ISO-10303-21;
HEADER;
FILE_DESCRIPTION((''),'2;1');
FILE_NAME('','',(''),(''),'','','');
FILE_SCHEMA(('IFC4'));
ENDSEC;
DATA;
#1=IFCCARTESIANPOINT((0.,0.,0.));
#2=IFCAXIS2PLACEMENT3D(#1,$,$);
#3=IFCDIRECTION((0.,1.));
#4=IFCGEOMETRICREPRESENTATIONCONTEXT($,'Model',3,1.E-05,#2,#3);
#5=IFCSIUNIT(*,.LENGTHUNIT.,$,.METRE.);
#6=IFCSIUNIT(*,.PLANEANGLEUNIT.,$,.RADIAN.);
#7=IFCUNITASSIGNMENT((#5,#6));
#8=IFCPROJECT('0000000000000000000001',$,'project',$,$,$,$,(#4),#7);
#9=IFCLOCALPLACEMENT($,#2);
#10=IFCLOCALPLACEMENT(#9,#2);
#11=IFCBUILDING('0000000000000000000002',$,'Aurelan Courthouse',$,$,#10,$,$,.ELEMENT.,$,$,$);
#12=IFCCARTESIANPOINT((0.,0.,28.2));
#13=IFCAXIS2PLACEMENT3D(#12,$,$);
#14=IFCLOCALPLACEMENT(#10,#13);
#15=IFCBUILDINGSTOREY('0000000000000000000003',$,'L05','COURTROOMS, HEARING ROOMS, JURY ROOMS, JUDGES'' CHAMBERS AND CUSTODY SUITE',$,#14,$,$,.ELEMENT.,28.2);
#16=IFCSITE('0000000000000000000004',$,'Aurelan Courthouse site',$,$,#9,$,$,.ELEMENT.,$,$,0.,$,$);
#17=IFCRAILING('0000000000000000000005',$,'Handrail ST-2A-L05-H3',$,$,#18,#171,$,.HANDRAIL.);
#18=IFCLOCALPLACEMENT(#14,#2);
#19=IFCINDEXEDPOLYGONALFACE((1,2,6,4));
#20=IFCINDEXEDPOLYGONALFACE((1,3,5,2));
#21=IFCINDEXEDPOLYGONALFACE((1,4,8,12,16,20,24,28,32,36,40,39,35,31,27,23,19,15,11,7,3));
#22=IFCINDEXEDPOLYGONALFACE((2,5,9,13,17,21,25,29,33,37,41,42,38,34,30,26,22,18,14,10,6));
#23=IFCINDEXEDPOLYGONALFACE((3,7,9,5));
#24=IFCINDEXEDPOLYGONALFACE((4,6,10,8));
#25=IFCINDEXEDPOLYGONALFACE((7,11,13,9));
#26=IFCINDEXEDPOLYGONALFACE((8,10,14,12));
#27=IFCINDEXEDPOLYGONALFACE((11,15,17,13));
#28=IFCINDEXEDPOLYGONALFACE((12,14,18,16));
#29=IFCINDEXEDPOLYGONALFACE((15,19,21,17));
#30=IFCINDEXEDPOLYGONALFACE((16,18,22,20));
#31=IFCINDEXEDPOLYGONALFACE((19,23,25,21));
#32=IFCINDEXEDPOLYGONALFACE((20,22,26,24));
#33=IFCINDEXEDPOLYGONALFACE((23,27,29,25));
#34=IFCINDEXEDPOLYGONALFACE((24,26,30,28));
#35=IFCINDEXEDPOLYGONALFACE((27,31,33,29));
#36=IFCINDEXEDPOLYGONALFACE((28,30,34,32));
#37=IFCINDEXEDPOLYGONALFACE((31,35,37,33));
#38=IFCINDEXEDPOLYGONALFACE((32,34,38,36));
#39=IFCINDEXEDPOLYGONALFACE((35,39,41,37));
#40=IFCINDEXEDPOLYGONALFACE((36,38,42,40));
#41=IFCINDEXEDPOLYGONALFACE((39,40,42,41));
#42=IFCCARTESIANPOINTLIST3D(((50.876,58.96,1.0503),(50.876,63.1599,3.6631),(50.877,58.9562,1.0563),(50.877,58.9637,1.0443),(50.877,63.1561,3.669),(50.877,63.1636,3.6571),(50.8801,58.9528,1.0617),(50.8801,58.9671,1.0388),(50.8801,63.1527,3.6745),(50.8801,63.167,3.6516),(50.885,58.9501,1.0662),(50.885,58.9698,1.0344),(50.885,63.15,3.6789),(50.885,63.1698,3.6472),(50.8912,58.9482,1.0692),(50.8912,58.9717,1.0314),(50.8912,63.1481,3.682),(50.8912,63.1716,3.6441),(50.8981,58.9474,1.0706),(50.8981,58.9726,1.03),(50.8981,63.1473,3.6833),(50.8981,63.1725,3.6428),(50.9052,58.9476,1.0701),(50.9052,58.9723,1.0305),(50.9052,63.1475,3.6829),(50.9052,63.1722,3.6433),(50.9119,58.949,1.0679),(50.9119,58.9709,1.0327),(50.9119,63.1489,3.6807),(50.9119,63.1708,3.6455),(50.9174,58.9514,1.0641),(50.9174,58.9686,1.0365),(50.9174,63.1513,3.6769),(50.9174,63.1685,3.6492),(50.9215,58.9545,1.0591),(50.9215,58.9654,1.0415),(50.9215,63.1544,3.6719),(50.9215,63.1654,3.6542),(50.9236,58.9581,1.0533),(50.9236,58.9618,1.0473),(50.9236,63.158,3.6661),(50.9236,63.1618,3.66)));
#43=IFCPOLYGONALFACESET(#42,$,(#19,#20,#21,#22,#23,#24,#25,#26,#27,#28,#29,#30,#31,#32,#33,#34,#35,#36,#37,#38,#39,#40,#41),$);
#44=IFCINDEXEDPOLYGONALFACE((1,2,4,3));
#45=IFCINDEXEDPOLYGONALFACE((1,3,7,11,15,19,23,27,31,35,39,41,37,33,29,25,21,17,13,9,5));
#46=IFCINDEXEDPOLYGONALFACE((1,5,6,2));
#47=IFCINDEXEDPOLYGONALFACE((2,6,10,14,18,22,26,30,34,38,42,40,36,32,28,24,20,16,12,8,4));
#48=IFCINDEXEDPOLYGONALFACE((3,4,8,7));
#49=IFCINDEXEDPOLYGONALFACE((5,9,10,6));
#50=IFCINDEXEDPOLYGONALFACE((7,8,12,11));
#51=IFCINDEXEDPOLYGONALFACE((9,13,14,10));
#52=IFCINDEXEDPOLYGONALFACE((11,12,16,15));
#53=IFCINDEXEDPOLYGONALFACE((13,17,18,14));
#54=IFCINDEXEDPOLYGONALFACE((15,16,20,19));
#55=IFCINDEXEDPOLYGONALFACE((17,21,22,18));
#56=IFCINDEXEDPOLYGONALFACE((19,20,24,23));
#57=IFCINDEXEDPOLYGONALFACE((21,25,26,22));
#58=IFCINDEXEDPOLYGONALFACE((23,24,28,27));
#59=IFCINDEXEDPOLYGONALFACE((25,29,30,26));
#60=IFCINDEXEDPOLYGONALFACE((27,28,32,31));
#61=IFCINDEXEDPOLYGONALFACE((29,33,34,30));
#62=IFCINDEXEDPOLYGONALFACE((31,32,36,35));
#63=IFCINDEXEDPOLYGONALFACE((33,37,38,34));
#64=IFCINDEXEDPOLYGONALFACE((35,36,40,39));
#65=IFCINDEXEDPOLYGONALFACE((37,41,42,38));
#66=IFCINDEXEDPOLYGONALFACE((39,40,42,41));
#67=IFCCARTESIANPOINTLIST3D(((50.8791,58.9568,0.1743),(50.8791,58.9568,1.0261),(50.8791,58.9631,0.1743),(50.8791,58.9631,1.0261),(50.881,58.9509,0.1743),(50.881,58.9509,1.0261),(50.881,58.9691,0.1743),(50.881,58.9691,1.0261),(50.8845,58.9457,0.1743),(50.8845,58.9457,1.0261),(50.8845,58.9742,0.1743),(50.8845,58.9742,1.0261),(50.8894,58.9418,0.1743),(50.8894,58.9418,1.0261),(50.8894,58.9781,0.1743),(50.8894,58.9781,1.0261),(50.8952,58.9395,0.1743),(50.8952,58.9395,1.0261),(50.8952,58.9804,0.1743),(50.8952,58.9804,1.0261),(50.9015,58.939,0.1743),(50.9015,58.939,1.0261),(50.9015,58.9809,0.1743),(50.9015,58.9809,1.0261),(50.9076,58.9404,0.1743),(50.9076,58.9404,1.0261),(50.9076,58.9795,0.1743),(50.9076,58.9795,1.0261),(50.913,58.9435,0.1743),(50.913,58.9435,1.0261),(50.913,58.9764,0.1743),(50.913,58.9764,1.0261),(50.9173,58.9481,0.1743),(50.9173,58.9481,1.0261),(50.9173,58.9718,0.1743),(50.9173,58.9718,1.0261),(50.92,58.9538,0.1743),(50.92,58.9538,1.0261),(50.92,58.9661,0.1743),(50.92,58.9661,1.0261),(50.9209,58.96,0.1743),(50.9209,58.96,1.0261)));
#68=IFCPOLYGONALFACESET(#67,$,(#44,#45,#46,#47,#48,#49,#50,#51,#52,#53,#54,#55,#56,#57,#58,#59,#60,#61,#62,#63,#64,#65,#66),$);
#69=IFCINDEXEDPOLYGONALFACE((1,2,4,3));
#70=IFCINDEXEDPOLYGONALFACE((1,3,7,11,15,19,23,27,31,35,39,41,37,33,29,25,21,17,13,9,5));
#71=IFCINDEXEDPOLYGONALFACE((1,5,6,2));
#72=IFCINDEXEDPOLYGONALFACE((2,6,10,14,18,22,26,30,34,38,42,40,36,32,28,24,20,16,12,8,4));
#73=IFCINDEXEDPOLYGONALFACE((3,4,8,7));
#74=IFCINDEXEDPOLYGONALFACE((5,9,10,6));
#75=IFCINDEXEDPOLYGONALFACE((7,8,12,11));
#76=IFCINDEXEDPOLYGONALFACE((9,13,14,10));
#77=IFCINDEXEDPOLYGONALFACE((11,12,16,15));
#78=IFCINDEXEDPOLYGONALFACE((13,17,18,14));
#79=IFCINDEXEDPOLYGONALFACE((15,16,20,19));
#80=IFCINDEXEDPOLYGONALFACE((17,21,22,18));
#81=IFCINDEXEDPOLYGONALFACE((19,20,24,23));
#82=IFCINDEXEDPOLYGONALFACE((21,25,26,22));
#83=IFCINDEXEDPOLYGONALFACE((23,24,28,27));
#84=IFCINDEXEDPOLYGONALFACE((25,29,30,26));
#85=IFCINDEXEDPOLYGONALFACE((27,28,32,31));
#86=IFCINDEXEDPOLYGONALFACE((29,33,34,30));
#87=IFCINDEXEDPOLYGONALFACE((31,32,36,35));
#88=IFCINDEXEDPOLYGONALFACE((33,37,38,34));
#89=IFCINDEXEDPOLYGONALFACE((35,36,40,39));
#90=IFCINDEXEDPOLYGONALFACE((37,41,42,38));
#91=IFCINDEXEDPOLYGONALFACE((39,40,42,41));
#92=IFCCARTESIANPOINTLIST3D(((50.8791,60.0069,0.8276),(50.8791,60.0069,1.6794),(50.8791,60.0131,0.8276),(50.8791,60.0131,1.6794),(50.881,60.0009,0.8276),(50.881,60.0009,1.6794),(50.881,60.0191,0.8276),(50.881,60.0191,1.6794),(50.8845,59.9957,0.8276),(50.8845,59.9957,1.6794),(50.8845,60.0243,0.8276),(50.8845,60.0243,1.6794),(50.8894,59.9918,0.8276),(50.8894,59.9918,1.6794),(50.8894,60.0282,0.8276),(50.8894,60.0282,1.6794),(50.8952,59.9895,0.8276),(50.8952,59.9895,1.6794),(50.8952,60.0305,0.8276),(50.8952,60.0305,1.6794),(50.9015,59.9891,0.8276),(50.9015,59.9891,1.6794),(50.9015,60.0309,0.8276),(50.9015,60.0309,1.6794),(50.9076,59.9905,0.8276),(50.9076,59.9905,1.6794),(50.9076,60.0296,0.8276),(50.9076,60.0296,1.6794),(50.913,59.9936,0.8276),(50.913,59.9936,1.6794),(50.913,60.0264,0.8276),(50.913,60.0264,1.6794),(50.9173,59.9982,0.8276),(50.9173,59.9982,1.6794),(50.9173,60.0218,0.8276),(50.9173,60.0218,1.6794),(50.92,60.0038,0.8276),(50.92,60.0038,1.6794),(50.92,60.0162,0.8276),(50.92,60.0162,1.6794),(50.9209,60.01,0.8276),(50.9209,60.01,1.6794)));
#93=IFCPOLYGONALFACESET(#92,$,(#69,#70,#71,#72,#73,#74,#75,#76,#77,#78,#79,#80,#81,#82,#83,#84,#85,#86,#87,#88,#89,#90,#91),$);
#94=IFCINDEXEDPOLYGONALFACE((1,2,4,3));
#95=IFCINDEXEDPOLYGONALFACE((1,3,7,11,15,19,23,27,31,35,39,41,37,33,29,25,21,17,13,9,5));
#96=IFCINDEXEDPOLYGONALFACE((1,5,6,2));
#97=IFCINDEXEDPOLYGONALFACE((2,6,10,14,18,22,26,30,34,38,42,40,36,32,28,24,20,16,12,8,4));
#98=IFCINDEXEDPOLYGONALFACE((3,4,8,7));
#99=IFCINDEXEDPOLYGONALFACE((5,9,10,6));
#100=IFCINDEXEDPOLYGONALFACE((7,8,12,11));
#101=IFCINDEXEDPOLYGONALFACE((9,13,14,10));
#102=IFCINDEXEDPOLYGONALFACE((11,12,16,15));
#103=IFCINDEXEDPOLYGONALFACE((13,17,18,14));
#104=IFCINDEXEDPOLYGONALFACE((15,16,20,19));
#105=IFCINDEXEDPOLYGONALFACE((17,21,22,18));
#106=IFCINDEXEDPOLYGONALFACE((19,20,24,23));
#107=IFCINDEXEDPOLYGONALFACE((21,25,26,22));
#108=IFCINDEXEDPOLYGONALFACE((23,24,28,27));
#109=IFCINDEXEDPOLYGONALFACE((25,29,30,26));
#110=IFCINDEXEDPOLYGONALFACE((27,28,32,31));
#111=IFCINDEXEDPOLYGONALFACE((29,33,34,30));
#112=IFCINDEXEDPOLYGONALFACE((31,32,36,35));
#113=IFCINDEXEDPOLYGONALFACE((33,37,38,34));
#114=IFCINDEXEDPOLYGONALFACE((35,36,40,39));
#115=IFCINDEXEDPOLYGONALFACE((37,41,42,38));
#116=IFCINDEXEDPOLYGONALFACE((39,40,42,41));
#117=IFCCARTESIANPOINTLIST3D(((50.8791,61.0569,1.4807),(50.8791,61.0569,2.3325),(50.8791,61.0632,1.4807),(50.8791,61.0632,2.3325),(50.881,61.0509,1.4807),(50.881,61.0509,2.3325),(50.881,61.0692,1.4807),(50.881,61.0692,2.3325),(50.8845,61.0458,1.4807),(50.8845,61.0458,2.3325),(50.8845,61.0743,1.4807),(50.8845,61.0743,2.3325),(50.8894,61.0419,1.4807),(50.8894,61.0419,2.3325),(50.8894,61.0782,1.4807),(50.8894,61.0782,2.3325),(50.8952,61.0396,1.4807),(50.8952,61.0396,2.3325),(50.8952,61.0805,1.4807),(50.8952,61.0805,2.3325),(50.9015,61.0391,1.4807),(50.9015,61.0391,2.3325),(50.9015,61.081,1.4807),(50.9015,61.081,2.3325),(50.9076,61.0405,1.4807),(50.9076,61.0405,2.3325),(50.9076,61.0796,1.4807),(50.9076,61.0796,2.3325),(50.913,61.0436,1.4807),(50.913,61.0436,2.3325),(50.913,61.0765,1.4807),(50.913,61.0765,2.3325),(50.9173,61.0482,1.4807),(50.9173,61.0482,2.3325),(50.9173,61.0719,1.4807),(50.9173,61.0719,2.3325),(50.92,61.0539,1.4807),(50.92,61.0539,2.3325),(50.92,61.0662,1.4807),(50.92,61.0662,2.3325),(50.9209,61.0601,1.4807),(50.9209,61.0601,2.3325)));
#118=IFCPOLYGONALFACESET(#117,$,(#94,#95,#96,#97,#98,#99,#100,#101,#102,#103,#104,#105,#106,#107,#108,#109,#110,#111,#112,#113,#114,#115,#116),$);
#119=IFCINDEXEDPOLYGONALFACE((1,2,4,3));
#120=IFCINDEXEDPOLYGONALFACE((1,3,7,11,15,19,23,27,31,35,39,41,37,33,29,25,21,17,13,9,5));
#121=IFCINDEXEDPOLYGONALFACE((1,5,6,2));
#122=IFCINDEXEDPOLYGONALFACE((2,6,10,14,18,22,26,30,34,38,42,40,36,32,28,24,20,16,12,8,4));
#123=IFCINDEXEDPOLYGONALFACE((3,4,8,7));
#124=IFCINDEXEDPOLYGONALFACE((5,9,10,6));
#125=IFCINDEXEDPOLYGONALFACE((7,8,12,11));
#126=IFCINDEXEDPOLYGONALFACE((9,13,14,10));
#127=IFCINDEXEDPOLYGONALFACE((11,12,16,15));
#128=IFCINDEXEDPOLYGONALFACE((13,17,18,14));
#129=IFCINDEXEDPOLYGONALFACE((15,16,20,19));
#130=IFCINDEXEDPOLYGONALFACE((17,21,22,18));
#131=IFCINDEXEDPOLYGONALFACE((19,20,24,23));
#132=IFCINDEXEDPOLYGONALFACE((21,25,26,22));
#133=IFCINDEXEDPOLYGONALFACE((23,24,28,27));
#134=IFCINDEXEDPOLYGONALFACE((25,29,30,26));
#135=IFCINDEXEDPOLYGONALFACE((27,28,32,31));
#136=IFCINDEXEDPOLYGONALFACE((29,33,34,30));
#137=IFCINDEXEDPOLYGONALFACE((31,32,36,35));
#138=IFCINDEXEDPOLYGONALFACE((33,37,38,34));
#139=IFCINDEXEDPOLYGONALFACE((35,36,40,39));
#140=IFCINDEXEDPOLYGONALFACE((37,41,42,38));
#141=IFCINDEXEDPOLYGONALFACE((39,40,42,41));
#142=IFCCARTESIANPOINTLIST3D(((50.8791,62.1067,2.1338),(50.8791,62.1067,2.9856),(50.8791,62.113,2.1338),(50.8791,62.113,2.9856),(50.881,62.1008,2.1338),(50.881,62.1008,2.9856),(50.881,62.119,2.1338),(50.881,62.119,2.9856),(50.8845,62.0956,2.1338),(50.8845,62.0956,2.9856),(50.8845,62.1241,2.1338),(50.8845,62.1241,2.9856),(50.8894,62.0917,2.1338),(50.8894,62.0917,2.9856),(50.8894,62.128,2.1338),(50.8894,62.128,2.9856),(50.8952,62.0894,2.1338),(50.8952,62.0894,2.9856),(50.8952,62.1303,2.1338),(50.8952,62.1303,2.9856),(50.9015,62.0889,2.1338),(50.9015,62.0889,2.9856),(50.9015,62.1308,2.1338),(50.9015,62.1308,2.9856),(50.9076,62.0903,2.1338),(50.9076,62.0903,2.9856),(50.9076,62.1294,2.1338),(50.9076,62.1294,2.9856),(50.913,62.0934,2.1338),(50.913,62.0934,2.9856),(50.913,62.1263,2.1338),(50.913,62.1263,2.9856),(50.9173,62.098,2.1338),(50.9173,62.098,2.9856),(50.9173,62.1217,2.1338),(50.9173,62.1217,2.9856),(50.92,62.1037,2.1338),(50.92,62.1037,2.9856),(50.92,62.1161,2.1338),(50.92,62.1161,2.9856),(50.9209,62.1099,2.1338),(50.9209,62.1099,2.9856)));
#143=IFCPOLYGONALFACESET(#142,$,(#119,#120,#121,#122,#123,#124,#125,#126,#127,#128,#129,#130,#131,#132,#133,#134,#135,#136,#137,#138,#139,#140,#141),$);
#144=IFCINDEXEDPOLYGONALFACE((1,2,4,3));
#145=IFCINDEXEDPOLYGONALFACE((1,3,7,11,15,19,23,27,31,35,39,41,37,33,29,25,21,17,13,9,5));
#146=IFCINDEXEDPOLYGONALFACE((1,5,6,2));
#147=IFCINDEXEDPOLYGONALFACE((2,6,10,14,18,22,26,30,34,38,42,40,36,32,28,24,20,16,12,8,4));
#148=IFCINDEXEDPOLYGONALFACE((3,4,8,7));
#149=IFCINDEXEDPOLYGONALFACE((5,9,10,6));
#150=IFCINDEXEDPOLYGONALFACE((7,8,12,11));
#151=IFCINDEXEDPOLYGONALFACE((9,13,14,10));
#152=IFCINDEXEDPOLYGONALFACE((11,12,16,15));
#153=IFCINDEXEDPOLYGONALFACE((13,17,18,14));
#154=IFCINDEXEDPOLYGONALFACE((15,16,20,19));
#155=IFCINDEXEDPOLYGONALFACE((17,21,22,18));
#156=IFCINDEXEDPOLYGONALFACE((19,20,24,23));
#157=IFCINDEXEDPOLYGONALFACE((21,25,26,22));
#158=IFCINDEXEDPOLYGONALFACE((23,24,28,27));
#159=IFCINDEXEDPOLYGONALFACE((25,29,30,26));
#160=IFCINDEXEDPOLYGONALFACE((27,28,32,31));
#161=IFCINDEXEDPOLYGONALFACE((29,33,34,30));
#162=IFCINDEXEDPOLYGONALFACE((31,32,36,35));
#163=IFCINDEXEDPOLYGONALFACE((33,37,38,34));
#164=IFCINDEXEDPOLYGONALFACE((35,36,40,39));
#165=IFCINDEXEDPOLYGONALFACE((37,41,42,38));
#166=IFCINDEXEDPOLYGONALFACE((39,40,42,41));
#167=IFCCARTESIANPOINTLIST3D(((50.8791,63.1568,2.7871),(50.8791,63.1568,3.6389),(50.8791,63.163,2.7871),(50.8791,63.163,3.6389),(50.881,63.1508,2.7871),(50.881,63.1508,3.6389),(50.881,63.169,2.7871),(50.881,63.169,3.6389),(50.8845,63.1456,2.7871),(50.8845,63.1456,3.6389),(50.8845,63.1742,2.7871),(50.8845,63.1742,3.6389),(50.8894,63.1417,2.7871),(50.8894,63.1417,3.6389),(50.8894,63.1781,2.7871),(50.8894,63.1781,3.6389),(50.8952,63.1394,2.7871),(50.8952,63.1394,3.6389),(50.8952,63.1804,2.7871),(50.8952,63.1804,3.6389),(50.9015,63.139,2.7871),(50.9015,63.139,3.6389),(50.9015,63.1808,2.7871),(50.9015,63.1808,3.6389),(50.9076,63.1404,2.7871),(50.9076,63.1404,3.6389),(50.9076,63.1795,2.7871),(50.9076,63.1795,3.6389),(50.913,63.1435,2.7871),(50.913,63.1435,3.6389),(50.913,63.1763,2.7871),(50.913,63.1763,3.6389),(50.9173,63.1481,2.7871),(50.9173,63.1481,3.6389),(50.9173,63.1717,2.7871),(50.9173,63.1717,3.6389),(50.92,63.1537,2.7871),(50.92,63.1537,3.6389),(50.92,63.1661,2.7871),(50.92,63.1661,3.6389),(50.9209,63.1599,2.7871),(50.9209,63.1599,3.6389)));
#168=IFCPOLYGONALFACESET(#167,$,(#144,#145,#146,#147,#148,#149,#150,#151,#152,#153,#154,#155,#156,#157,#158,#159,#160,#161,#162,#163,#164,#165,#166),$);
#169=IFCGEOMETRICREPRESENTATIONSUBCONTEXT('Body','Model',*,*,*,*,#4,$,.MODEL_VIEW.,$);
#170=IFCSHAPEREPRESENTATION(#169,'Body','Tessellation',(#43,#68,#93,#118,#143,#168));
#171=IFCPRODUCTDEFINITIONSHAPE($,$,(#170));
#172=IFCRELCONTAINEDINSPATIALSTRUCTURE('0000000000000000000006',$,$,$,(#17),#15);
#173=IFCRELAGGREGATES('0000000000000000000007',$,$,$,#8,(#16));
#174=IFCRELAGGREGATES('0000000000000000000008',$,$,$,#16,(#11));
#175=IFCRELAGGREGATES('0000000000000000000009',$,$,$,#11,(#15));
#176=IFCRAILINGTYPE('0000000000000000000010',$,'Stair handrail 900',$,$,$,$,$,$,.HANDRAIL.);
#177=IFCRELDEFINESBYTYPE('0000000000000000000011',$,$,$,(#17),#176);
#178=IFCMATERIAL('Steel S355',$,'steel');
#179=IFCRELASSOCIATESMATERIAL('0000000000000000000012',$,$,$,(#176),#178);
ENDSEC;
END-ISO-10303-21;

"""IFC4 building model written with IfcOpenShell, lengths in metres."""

from ifc_helpers import new_model, si_unit, direction, frame, origin, origin_2d, place, context, subcontext, project, spatial, circle, extrude, material, type_object, element, save


model = new_model("IFC4")

# Units and contexts
model_context = context("Model", 3, precision=1e-05, world=origin(), true_north=direction((0.0, 1.0)))
body_context = subcontext(model_context, "Body", "Model", "MODEL_VIEW")
ifc_project = project(units=[si_unit("LENGTHUNIT", "METRE"), si_unit("PLANEANGLEUNIT", "RADIAN")], contexts=[model_context])

# Site, building, storey
site_placement = place(None, origin())
site = spatial("IfcSite", under=ifc_project, at=site_placement, Name="Aurelan Courthouse site", CompositionType="ELEMENT", RefElevation=0.0)
building_placement = place(site_placement, origin())
building = spatial("IfcBuilding", under=site, at=building_placement, Name="Aurelan Courthouse", CompositionType="ELEMENT")
storey_placement = place(building_placement, frame((0.0, 0.0, 28.2)))
storey = spatial("IfcBuildingStorey", under=building, at=storey_placement, Name="L05", Description="COURTROOMS, HEARING ROOMS, JURY ROOMS, JUDGES' CHAMBERS AND CUSTODY SUITE", CompositionType="ELEMENT", Elevation=28.2)

# Railing
ifc_material_1 = material(Name="Steel S355", Category="steel")
railing_type = type_object("IfcRailingType", Name="Stair handrail 900", PredefinedType="HANDRAIL", material=ifc_material_1)
for number, where, name in (
    (1, (50.8999, 58.96, 0.1743), "Handrail ST-2A-L05-H3"),
):
    element("IfcRailing", number, at=place(storey_placement, frame(where)), inside=storey, type_object=railing_type, Name=name, PredefinedType="HANDRAIL", context=body_context, shape_type="SweptSolid", body=[
        extrude(circle(Radius=0.0239, at=origin_2d()), frame((0.0, 0.0, 0.876), z_axis=(0.0, 0.849103, 0.528228), x_axis=(-1.0, 0.0, 0.0)), (0.0, 0.0, 1.0), 4.9463),
        extrude(circle(Radius=0.021, at=origin_2d()), origin(), (0.0, 0.0, 1.0), 0.8518),
        extrude(circle(Radius=0.021, at=origin_2d()), frame((0.0, 1.05, 0.6533)), (0.0, 0.0, 1.0), 0.8518),
        extrude(circle(Radius=0.021, at=origin_2d()), frame((0.0, 2.1001, 1.3064)), (0.0, 0.0, 1.0), 0.8518),
        extrude(circle(Radius=0.021, at=origin_2d()), frame((0.0, 3.1499, 1.9595)), (0.0, 0.0, 1.0), 0.8518),
        extrude(circle(Radius=0.021, at=origin_2d()), frame((0.0, 4.2, 2.6128)), (0.0, 0.0, 1.0), 0.8518),
    ])

save(model, "model.ifc")
